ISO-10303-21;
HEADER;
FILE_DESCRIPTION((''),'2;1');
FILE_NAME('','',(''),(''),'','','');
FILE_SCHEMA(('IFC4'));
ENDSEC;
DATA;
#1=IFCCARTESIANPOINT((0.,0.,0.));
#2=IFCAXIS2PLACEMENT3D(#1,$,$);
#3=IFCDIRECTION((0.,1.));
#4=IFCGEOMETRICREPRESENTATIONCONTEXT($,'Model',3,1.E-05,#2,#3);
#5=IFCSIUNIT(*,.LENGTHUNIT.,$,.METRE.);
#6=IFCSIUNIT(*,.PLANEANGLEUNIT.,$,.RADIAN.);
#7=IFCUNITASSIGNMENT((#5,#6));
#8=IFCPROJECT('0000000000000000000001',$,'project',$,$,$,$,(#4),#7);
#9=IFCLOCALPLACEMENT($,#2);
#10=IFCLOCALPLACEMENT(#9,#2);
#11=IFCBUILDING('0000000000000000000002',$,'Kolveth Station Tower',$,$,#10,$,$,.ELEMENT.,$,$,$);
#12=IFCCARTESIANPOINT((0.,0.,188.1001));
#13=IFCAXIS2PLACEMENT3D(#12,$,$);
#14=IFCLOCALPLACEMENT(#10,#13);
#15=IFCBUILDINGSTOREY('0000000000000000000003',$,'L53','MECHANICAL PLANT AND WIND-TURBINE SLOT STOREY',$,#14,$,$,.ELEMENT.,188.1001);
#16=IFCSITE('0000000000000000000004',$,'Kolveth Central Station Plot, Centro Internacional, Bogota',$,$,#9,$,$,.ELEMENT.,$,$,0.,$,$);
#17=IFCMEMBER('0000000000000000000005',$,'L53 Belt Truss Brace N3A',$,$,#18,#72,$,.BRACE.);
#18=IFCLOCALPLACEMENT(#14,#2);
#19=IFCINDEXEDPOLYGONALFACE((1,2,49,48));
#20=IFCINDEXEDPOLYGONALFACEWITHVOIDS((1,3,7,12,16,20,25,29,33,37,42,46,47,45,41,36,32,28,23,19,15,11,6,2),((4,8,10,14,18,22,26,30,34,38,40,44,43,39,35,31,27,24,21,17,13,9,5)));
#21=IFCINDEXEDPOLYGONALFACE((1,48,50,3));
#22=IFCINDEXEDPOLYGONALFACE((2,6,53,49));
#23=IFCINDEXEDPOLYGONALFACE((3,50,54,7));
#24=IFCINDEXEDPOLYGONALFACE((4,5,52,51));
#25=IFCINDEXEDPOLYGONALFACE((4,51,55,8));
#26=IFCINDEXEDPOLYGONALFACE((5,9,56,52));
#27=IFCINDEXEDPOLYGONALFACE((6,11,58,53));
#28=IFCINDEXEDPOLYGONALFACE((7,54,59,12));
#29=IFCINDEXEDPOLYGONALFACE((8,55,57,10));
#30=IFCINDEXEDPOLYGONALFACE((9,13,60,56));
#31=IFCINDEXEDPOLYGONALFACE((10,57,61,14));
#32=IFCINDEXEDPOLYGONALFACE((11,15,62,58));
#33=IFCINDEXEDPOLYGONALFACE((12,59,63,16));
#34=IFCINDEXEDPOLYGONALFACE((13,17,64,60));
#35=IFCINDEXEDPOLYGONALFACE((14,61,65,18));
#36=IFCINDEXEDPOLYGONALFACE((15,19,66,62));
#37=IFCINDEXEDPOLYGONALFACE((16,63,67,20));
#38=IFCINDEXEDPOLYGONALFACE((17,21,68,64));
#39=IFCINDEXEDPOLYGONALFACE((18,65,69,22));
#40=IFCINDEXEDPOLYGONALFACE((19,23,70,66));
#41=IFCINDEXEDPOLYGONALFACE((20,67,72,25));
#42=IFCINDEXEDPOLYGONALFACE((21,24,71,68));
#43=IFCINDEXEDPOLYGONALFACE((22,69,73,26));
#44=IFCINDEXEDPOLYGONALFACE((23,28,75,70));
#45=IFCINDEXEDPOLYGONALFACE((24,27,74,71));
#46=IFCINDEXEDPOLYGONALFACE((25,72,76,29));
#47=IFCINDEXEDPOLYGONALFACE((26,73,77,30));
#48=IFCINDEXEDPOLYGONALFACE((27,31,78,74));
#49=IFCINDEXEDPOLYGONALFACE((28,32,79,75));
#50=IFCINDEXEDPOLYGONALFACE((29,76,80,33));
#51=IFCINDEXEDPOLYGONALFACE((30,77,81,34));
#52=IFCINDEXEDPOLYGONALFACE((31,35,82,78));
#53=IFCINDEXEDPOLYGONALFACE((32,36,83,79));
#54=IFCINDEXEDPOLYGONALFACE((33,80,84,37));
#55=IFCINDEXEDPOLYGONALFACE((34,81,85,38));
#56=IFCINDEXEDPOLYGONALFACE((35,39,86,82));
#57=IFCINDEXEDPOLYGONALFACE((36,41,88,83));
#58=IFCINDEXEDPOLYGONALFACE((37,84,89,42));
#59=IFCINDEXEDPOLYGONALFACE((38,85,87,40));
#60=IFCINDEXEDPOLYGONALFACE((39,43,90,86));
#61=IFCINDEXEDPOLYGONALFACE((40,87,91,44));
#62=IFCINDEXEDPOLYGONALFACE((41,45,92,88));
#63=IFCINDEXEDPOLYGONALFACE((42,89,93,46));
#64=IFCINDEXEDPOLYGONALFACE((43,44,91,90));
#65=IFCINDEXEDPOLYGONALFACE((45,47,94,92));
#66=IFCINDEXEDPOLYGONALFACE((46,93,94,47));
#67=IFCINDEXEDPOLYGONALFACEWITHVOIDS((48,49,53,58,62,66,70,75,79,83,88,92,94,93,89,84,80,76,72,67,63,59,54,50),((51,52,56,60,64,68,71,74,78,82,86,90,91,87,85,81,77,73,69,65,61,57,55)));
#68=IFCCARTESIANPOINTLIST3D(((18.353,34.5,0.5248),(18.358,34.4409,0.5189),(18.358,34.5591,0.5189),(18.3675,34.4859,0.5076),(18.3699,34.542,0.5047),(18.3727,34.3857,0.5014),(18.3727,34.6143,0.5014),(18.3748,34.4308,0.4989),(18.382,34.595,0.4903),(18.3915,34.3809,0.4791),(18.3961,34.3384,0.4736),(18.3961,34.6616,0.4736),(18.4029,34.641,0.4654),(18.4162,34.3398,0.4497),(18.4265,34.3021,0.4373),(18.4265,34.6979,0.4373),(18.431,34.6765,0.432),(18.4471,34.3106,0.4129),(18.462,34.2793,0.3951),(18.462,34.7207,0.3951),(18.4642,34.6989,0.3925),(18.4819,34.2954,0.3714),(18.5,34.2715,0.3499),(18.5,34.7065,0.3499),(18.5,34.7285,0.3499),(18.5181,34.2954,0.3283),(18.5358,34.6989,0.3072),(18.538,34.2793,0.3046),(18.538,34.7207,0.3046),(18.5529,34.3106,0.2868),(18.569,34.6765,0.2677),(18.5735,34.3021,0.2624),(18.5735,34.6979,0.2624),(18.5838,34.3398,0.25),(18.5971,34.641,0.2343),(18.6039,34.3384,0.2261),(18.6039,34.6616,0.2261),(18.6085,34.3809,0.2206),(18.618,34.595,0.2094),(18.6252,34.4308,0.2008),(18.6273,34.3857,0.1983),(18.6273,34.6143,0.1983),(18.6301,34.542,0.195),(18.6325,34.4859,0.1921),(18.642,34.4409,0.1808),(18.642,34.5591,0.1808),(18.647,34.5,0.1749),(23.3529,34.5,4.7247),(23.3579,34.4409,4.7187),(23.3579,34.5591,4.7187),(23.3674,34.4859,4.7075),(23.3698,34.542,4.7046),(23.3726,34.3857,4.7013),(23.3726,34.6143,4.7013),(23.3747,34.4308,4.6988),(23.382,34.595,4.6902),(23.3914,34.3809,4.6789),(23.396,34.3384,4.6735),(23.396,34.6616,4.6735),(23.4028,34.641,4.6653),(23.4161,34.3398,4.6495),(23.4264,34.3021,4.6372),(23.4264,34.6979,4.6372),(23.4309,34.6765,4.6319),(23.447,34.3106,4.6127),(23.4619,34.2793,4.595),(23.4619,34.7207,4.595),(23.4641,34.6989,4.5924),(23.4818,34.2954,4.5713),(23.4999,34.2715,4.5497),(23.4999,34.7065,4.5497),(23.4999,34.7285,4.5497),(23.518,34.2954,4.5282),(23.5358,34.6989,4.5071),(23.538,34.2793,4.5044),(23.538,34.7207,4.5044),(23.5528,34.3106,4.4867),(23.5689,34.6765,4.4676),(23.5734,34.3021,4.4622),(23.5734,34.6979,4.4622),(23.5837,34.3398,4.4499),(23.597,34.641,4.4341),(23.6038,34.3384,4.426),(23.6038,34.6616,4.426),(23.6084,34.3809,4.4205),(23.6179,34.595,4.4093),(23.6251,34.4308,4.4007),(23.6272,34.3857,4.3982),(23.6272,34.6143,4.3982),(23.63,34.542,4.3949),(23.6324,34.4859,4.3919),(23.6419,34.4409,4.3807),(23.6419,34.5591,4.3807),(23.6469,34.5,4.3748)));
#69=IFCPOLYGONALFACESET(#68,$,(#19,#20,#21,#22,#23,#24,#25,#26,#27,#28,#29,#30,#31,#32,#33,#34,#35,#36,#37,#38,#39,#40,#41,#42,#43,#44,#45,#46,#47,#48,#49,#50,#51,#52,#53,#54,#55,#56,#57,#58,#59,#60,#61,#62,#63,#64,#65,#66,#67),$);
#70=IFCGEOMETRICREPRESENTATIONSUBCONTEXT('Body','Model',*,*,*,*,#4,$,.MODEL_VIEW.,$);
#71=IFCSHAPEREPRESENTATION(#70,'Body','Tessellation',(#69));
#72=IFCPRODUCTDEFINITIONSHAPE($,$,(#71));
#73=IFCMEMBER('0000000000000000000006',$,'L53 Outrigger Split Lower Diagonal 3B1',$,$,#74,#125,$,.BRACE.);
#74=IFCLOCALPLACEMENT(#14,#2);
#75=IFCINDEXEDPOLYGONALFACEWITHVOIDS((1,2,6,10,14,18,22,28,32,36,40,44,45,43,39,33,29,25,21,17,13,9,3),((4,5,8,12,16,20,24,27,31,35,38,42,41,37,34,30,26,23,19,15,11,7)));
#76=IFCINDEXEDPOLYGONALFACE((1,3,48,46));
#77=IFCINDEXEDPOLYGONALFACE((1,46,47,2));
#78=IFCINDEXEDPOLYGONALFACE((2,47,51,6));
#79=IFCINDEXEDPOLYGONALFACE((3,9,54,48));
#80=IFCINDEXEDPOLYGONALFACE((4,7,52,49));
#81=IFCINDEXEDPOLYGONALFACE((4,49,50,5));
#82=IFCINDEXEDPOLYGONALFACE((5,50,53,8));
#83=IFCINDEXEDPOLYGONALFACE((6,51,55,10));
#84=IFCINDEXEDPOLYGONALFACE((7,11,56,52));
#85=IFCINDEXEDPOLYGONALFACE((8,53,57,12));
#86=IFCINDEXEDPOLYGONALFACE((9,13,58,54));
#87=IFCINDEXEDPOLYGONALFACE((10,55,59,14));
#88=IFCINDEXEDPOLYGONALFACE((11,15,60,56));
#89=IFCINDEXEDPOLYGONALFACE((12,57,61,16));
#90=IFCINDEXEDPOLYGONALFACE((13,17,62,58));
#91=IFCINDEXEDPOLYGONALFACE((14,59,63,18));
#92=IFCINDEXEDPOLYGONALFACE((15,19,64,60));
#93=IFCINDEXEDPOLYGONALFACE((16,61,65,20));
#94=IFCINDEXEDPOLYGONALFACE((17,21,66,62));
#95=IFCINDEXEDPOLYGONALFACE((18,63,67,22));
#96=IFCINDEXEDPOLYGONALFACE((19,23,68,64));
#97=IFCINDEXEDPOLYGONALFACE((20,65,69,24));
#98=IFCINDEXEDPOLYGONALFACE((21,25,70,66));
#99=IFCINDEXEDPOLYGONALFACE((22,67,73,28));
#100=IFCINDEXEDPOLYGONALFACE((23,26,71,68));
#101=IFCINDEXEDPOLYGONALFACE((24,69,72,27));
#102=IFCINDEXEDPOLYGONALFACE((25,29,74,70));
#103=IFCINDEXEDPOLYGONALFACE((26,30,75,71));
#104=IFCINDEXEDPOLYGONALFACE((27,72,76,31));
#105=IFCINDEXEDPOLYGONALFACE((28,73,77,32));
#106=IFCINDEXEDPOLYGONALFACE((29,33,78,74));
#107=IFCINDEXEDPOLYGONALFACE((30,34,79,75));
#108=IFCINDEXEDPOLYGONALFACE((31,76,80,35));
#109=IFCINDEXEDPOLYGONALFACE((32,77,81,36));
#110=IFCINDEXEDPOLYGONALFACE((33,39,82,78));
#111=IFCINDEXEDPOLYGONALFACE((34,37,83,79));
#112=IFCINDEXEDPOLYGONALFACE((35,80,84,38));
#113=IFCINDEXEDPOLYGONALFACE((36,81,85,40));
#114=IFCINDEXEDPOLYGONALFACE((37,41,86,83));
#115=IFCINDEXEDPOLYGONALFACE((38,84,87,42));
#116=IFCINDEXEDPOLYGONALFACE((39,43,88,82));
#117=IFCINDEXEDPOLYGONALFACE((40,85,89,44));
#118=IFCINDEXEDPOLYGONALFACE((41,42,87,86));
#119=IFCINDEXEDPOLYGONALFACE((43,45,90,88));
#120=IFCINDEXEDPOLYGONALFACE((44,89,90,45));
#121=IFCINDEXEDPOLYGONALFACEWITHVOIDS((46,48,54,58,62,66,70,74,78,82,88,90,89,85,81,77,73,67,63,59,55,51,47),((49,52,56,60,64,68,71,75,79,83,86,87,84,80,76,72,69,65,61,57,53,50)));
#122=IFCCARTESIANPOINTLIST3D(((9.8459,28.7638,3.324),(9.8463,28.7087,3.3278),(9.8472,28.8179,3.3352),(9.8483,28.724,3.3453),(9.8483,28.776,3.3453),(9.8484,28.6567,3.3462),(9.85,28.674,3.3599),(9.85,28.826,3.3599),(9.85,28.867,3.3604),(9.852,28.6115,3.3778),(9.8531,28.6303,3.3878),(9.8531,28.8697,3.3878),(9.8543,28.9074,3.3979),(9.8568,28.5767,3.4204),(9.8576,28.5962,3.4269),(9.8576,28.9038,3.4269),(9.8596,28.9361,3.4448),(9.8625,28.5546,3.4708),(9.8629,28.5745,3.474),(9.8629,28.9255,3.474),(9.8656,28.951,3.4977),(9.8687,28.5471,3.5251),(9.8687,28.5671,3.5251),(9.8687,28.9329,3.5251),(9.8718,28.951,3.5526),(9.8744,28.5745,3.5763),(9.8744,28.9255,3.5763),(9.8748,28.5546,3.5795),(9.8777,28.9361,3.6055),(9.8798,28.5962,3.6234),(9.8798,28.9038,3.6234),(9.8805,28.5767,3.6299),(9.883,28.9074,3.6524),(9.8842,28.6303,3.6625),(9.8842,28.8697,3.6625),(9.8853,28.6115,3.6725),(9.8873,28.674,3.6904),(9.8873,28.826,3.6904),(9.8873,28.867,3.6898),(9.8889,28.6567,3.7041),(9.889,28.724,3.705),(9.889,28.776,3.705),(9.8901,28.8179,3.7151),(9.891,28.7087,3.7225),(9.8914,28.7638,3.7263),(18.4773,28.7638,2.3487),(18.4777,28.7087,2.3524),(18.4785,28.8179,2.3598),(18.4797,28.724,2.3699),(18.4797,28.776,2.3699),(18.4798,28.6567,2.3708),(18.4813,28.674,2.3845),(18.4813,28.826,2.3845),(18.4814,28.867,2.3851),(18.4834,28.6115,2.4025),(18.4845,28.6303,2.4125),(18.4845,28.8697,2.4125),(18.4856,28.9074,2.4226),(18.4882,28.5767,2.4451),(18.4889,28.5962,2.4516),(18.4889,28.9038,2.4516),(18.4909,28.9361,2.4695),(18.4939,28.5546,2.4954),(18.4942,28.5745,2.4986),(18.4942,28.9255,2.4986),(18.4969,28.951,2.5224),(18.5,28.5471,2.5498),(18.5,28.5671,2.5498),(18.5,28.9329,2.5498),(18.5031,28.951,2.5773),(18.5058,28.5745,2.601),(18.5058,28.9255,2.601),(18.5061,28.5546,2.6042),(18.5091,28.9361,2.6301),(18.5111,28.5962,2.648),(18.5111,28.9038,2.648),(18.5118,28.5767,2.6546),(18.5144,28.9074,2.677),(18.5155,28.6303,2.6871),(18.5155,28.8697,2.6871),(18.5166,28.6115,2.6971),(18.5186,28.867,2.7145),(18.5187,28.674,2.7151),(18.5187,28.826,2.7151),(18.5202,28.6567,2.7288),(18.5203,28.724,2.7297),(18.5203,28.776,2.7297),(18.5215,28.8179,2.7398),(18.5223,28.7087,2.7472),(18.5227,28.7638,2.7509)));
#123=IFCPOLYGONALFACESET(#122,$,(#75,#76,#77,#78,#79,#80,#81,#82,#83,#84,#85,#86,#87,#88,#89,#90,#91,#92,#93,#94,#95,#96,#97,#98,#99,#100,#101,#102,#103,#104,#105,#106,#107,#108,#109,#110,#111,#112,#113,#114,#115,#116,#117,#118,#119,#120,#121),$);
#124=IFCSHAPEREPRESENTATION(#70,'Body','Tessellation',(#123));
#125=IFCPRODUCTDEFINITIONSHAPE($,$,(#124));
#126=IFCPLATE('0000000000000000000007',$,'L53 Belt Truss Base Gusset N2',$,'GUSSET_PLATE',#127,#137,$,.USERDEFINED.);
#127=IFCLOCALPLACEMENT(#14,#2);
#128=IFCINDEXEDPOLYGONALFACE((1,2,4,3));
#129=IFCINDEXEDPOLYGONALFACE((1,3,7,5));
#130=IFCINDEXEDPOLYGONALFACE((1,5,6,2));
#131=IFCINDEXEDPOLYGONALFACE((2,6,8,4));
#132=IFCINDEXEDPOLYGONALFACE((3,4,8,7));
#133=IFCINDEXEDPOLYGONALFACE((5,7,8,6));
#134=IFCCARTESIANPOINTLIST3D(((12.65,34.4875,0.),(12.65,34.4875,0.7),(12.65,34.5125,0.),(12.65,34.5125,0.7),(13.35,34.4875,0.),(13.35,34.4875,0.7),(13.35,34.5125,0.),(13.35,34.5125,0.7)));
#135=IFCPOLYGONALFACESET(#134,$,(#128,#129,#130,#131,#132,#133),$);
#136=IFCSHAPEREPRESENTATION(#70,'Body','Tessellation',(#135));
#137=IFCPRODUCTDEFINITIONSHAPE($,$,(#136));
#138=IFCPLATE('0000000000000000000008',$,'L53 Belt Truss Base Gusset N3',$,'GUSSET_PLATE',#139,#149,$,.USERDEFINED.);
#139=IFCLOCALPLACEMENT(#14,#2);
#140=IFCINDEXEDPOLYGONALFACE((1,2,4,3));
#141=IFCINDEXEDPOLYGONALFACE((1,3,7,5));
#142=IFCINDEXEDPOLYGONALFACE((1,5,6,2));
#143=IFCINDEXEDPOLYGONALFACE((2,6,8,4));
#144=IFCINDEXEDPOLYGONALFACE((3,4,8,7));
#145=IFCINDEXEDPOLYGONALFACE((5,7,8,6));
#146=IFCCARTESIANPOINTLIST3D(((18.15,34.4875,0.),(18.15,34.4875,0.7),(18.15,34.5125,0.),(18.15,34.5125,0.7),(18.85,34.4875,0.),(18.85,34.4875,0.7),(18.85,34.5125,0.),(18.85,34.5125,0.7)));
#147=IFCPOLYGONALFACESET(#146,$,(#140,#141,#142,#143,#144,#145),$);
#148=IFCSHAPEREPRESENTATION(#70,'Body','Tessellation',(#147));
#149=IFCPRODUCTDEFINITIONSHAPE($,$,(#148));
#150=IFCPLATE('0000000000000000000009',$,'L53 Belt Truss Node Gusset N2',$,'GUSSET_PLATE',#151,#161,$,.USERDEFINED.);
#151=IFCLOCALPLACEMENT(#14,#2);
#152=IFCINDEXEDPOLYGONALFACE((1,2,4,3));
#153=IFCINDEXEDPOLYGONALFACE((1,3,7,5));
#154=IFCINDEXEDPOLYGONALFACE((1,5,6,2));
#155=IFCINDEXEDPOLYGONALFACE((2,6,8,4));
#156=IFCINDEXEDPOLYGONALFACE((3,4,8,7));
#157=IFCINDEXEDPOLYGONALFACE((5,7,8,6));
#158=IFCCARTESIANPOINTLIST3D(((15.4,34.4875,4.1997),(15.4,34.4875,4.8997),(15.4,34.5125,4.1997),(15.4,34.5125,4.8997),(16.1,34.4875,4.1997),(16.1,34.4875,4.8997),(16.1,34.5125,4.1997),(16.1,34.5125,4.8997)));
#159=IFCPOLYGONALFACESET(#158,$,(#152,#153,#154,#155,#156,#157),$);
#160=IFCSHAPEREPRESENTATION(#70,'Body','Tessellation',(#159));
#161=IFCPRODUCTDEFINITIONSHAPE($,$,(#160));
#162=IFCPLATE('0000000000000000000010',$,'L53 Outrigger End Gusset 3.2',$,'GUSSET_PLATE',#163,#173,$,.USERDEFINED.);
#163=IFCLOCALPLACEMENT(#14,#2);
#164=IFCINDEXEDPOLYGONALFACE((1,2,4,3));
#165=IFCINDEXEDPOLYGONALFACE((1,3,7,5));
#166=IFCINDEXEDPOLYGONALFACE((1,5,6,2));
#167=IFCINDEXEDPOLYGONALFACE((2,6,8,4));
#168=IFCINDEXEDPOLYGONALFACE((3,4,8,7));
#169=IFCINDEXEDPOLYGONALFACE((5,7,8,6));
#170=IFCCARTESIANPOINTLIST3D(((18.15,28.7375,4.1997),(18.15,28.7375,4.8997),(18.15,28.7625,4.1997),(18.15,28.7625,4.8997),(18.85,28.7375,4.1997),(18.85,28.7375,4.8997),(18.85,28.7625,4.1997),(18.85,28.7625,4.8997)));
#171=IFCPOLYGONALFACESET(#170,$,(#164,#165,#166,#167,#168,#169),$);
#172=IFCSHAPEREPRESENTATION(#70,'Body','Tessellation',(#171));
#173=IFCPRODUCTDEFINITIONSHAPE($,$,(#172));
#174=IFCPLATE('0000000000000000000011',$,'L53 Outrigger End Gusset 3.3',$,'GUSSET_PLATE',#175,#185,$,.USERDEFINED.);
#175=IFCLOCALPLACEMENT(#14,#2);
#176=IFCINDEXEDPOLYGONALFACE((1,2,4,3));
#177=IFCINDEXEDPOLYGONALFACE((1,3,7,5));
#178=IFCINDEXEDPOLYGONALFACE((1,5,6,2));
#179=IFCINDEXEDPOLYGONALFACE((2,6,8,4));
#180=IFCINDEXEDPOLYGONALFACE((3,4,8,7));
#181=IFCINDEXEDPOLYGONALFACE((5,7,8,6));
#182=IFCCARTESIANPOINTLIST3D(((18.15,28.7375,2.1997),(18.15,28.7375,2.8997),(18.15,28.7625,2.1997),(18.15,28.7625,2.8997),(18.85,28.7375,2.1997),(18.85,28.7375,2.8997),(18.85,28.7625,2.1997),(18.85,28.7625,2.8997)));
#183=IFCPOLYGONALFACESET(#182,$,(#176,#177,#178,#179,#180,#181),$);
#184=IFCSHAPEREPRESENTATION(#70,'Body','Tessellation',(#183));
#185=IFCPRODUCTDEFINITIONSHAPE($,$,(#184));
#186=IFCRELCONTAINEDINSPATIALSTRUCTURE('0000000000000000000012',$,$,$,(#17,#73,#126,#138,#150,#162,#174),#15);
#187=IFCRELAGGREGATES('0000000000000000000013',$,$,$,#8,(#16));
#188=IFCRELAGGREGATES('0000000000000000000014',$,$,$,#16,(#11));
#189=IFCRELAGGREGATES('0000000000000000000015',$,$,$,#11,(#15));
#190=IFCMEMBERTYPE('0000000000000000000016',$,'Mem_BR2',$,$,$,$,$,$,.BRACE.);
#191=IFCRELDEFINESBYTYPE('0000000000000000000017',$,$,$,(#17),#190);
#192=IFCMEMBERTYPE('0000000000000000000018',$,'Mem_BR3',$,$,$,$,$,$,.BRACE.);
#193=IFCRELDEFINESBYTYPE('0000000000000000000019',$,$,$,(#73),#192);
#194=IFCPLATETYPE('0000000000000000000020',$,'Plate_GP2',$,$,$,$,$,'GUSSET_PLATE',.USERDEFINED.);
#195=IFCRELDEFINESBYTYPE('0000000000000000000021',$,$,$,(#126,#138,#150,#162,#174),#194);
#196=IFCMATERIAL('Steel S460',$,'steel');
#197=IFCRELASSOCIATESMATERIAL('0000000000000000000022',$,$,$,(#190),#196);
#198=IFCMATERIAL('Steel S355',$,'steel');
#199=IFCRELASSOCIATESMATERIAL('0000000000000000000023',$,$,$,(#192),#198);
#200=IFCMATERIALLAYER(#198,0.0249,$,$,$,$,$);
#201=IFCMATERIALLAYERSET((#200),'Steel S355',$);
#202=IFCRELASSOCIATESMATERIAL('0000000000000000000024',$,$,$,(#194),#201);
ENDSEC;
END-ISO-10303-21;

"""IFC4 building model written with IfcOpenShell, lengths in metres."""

from ifc_helpers import new_model, si_unit, direction, frame, origin, origin_2d, place, context, subcontext, project, spatial, rectangle, hollow_circle, extrude, source, transform, mapped, material, layer, layer_set, material_profile, profile_set, type_object, element, save


model = new_model("IFC4")

# Units and contexts
model_context = context("Model", 3, precision=1e-05, world=origin(), true_north=direction((0.0, 1.0)))
body_context = subcontext(model_context, "Body", "Model", "MODEL_VIEW")
ifc_project = project(units=[si_unit("LENGTHUNIT", "METRE"), si_unit("PLANEANGLEUNIT", "RADIAN")], contexts=[model_context])

# Site, building, storey
site_placement = place(None, origin())
site = spatial("IfcSite", under=ifc_project, at=site_placement, Name="Kolveth Central Station Plot, Centro Internacional, Bogota", CompositionType="ELEMENT", RefElevation=0.0)
building_placement = place(site_placement, origin())
building = spatial("IfcBuilding", under=site, at=building_placement, Name="Kolveth Station Tower", CompositionType="ELEMENT")
storey_placement = place(building_placement, frame((0.0, 0.0, 188.1001)))
storey = spatial("IfcBuildingStorey", under=building, at=storey_placement, Name="L53", Description="MECHANICAL PLANT AND WIND-TURBINE SLOT STOREY", CompositionType="ELEMENT", Elevation=188.1001)

# Shared definitions
ifc_material_1 = material(Name="Steel S355", Category="steel")

# Members
ifc_material_2 = material(Name="Steel S460", Category="steel")
ifc_material_profile_1 = material_profile(ifc_material_2, hollow_circle(Radius=0.2285, WallThickness=0.022, at=origin_2d()), Name="CHS457x22")
ifc_profile_set_1 = profile_set([ifc_material_profile_1], Name="Steel S460")
member_type_1 = type_object("IfcMemberType", Name="Mem_BR2", PredefinedType="BRACE", material=ifc_profile_set_1)
shared_shape_1 = source(origin(), body_context, "Body", "SweptSolid", [
    extrude(hollow_circle(Radius=0.2285, WallThickness=0.022, at=origin_2d()), origin(), (0.0, 0.0, 1.0), 6.5298),
])
member_1_placement = place(storey_placement, frame((18.5, 34.5, 0.3499), z_axis=(0.765709, 0.0, 0.643188), x_axis=(0.0, 1.0, 0.0)))
element("IfcMember", 1, at=member_1_placement, inside=storey, type_object=member_type_1, Name="L53 Belt Truss Brace N3A", PredefinedType="BRACE", context=body_context, shape_type="MappedRepresentation", body=[
    mapped(shared_shape_1, transform((0.0, 0.0, 0.0), x_axis=(1.0, 0.0, 0.0), y_axis=(0.0, 1.0, 0.0), z_axis=(0.0, 0.0, 1.0), scale=1.0)),
])
ifc_material_profile_2 = material_profile(ifc_material_1, hollow_circle(Radius=0.2029, WallThickness=0.02, at=origin_2d()), Name="CHS406x20")
ifc_profile_set_2 = profile_set([ifc_material_profile_2], Name="Steel S355")
member_type_2 = type_object("IfcMemberType", Name="Mem_BR3", PredefinedType="BRACE", material=ifc_profile_set_2)
shared_shape_2 = source(origin(), body_context, "Body", "SweptSolid", [
    extrude(hollow_circle(Radius=0.2029, WallThickness=0.02, at=origin_2d()), origin(), (0.0, 0.0, 1.0), 8.6863),
])
member_2_placement = place(storey_placement, frame((18.5, 28.75, 2.5498), z_axis=(-0.993676, 0.0, 0.112285), x_axis=(0.0, -1.0, 0.0)))
element("IfcMember", 2, at=member_2_placement, inside=storey, type_object=member_type_2, Name="L53 Outrigger Split Lower Diagonal 3B1", PredefinedType="BRACE", context=body_context, shape_type="MappedRepresentation", body=[
    mapped(shared_shape_2, transform((0.0, 0.0, 0.0), x_axis=(1.0, 0.0, 0.0), y_axis=(0.0, 1.0, 0.0), z_axis=(0.0, 0.0, 1.0), scale=1.0)),
])

# Plates
ifc_layer_1 = layer(ifc_material_1, 0.0249)
ifc_layer_set_1 = layer_set([ifc_layer_1], Name="Steel S355")
plate_type = type_object("IfcPlateType", Name="Plate_GP2", ElementType="GUSSET_PLATE", PredefinedType="USERDEFINED", material=ifc_layer_set_1)
shared_shape_3 = source(origin(), body_context, "Body", "SweptSolid", [
    extrude(rectangle(XDim=0.7, YDim=0.0249, at=origin_2d()), origin(), (0.0, 0.0, 1.0), 0.7),
])
for number, where, z_axis, x_axis, name in (
    (3, (13.0, 34.5, 0.0), (0.0, 0.0, 1.0), (1.0, 0.0, 0.0), "L53 Belt Truss Base Gusset N2"),
    (4, (18.5, 34.5, 0.0), (0.0, 0.0, 1.0), (1.0, 0.0, 0.0), "L53 Belt Truss Base Gusset N3"),
    (5, (15.75, 34.5, 4.1997), (0.0, 0.0, 1.0), (1.0, 0.0, 0.0), "L53 Belt Truss Node Gusset N2"),
    (6, (18.5, 28.75, 4.1997), (0.0, 0.0, 1.0), (1.0, 0.0, 0.0), "L53 Outrigger End Gusset 3.2"),
    (7, (18.5, 28.75, 2.1997), (0.0, 0.0, 1.0), (1.0, 0.0, 0.0), "L53 Outrigger End Gusset 3.3"),
):
    element("IfcPlate", number, at=place(storey_placement, frame(where, z_axis=z_axis, x_axis=x_axis)), inside=storey, type_object=plate_type, Name=name, ObjectType="GUSSET_PLATE", PredefinedType="USERDEFINED", context=body_context, shape_type="MappedRepresentation", body=[
        mapped(shared_shape_3, transform((0.0, 0.0, 0.0), x_axis=(1.0, 0.0, 0.0), y_axis=(0.0, 1.0, 0.0), z_axis=(0.0, 0.0, 1.0), scale=1.0)),
    ])

save(model, "model.ifc")
